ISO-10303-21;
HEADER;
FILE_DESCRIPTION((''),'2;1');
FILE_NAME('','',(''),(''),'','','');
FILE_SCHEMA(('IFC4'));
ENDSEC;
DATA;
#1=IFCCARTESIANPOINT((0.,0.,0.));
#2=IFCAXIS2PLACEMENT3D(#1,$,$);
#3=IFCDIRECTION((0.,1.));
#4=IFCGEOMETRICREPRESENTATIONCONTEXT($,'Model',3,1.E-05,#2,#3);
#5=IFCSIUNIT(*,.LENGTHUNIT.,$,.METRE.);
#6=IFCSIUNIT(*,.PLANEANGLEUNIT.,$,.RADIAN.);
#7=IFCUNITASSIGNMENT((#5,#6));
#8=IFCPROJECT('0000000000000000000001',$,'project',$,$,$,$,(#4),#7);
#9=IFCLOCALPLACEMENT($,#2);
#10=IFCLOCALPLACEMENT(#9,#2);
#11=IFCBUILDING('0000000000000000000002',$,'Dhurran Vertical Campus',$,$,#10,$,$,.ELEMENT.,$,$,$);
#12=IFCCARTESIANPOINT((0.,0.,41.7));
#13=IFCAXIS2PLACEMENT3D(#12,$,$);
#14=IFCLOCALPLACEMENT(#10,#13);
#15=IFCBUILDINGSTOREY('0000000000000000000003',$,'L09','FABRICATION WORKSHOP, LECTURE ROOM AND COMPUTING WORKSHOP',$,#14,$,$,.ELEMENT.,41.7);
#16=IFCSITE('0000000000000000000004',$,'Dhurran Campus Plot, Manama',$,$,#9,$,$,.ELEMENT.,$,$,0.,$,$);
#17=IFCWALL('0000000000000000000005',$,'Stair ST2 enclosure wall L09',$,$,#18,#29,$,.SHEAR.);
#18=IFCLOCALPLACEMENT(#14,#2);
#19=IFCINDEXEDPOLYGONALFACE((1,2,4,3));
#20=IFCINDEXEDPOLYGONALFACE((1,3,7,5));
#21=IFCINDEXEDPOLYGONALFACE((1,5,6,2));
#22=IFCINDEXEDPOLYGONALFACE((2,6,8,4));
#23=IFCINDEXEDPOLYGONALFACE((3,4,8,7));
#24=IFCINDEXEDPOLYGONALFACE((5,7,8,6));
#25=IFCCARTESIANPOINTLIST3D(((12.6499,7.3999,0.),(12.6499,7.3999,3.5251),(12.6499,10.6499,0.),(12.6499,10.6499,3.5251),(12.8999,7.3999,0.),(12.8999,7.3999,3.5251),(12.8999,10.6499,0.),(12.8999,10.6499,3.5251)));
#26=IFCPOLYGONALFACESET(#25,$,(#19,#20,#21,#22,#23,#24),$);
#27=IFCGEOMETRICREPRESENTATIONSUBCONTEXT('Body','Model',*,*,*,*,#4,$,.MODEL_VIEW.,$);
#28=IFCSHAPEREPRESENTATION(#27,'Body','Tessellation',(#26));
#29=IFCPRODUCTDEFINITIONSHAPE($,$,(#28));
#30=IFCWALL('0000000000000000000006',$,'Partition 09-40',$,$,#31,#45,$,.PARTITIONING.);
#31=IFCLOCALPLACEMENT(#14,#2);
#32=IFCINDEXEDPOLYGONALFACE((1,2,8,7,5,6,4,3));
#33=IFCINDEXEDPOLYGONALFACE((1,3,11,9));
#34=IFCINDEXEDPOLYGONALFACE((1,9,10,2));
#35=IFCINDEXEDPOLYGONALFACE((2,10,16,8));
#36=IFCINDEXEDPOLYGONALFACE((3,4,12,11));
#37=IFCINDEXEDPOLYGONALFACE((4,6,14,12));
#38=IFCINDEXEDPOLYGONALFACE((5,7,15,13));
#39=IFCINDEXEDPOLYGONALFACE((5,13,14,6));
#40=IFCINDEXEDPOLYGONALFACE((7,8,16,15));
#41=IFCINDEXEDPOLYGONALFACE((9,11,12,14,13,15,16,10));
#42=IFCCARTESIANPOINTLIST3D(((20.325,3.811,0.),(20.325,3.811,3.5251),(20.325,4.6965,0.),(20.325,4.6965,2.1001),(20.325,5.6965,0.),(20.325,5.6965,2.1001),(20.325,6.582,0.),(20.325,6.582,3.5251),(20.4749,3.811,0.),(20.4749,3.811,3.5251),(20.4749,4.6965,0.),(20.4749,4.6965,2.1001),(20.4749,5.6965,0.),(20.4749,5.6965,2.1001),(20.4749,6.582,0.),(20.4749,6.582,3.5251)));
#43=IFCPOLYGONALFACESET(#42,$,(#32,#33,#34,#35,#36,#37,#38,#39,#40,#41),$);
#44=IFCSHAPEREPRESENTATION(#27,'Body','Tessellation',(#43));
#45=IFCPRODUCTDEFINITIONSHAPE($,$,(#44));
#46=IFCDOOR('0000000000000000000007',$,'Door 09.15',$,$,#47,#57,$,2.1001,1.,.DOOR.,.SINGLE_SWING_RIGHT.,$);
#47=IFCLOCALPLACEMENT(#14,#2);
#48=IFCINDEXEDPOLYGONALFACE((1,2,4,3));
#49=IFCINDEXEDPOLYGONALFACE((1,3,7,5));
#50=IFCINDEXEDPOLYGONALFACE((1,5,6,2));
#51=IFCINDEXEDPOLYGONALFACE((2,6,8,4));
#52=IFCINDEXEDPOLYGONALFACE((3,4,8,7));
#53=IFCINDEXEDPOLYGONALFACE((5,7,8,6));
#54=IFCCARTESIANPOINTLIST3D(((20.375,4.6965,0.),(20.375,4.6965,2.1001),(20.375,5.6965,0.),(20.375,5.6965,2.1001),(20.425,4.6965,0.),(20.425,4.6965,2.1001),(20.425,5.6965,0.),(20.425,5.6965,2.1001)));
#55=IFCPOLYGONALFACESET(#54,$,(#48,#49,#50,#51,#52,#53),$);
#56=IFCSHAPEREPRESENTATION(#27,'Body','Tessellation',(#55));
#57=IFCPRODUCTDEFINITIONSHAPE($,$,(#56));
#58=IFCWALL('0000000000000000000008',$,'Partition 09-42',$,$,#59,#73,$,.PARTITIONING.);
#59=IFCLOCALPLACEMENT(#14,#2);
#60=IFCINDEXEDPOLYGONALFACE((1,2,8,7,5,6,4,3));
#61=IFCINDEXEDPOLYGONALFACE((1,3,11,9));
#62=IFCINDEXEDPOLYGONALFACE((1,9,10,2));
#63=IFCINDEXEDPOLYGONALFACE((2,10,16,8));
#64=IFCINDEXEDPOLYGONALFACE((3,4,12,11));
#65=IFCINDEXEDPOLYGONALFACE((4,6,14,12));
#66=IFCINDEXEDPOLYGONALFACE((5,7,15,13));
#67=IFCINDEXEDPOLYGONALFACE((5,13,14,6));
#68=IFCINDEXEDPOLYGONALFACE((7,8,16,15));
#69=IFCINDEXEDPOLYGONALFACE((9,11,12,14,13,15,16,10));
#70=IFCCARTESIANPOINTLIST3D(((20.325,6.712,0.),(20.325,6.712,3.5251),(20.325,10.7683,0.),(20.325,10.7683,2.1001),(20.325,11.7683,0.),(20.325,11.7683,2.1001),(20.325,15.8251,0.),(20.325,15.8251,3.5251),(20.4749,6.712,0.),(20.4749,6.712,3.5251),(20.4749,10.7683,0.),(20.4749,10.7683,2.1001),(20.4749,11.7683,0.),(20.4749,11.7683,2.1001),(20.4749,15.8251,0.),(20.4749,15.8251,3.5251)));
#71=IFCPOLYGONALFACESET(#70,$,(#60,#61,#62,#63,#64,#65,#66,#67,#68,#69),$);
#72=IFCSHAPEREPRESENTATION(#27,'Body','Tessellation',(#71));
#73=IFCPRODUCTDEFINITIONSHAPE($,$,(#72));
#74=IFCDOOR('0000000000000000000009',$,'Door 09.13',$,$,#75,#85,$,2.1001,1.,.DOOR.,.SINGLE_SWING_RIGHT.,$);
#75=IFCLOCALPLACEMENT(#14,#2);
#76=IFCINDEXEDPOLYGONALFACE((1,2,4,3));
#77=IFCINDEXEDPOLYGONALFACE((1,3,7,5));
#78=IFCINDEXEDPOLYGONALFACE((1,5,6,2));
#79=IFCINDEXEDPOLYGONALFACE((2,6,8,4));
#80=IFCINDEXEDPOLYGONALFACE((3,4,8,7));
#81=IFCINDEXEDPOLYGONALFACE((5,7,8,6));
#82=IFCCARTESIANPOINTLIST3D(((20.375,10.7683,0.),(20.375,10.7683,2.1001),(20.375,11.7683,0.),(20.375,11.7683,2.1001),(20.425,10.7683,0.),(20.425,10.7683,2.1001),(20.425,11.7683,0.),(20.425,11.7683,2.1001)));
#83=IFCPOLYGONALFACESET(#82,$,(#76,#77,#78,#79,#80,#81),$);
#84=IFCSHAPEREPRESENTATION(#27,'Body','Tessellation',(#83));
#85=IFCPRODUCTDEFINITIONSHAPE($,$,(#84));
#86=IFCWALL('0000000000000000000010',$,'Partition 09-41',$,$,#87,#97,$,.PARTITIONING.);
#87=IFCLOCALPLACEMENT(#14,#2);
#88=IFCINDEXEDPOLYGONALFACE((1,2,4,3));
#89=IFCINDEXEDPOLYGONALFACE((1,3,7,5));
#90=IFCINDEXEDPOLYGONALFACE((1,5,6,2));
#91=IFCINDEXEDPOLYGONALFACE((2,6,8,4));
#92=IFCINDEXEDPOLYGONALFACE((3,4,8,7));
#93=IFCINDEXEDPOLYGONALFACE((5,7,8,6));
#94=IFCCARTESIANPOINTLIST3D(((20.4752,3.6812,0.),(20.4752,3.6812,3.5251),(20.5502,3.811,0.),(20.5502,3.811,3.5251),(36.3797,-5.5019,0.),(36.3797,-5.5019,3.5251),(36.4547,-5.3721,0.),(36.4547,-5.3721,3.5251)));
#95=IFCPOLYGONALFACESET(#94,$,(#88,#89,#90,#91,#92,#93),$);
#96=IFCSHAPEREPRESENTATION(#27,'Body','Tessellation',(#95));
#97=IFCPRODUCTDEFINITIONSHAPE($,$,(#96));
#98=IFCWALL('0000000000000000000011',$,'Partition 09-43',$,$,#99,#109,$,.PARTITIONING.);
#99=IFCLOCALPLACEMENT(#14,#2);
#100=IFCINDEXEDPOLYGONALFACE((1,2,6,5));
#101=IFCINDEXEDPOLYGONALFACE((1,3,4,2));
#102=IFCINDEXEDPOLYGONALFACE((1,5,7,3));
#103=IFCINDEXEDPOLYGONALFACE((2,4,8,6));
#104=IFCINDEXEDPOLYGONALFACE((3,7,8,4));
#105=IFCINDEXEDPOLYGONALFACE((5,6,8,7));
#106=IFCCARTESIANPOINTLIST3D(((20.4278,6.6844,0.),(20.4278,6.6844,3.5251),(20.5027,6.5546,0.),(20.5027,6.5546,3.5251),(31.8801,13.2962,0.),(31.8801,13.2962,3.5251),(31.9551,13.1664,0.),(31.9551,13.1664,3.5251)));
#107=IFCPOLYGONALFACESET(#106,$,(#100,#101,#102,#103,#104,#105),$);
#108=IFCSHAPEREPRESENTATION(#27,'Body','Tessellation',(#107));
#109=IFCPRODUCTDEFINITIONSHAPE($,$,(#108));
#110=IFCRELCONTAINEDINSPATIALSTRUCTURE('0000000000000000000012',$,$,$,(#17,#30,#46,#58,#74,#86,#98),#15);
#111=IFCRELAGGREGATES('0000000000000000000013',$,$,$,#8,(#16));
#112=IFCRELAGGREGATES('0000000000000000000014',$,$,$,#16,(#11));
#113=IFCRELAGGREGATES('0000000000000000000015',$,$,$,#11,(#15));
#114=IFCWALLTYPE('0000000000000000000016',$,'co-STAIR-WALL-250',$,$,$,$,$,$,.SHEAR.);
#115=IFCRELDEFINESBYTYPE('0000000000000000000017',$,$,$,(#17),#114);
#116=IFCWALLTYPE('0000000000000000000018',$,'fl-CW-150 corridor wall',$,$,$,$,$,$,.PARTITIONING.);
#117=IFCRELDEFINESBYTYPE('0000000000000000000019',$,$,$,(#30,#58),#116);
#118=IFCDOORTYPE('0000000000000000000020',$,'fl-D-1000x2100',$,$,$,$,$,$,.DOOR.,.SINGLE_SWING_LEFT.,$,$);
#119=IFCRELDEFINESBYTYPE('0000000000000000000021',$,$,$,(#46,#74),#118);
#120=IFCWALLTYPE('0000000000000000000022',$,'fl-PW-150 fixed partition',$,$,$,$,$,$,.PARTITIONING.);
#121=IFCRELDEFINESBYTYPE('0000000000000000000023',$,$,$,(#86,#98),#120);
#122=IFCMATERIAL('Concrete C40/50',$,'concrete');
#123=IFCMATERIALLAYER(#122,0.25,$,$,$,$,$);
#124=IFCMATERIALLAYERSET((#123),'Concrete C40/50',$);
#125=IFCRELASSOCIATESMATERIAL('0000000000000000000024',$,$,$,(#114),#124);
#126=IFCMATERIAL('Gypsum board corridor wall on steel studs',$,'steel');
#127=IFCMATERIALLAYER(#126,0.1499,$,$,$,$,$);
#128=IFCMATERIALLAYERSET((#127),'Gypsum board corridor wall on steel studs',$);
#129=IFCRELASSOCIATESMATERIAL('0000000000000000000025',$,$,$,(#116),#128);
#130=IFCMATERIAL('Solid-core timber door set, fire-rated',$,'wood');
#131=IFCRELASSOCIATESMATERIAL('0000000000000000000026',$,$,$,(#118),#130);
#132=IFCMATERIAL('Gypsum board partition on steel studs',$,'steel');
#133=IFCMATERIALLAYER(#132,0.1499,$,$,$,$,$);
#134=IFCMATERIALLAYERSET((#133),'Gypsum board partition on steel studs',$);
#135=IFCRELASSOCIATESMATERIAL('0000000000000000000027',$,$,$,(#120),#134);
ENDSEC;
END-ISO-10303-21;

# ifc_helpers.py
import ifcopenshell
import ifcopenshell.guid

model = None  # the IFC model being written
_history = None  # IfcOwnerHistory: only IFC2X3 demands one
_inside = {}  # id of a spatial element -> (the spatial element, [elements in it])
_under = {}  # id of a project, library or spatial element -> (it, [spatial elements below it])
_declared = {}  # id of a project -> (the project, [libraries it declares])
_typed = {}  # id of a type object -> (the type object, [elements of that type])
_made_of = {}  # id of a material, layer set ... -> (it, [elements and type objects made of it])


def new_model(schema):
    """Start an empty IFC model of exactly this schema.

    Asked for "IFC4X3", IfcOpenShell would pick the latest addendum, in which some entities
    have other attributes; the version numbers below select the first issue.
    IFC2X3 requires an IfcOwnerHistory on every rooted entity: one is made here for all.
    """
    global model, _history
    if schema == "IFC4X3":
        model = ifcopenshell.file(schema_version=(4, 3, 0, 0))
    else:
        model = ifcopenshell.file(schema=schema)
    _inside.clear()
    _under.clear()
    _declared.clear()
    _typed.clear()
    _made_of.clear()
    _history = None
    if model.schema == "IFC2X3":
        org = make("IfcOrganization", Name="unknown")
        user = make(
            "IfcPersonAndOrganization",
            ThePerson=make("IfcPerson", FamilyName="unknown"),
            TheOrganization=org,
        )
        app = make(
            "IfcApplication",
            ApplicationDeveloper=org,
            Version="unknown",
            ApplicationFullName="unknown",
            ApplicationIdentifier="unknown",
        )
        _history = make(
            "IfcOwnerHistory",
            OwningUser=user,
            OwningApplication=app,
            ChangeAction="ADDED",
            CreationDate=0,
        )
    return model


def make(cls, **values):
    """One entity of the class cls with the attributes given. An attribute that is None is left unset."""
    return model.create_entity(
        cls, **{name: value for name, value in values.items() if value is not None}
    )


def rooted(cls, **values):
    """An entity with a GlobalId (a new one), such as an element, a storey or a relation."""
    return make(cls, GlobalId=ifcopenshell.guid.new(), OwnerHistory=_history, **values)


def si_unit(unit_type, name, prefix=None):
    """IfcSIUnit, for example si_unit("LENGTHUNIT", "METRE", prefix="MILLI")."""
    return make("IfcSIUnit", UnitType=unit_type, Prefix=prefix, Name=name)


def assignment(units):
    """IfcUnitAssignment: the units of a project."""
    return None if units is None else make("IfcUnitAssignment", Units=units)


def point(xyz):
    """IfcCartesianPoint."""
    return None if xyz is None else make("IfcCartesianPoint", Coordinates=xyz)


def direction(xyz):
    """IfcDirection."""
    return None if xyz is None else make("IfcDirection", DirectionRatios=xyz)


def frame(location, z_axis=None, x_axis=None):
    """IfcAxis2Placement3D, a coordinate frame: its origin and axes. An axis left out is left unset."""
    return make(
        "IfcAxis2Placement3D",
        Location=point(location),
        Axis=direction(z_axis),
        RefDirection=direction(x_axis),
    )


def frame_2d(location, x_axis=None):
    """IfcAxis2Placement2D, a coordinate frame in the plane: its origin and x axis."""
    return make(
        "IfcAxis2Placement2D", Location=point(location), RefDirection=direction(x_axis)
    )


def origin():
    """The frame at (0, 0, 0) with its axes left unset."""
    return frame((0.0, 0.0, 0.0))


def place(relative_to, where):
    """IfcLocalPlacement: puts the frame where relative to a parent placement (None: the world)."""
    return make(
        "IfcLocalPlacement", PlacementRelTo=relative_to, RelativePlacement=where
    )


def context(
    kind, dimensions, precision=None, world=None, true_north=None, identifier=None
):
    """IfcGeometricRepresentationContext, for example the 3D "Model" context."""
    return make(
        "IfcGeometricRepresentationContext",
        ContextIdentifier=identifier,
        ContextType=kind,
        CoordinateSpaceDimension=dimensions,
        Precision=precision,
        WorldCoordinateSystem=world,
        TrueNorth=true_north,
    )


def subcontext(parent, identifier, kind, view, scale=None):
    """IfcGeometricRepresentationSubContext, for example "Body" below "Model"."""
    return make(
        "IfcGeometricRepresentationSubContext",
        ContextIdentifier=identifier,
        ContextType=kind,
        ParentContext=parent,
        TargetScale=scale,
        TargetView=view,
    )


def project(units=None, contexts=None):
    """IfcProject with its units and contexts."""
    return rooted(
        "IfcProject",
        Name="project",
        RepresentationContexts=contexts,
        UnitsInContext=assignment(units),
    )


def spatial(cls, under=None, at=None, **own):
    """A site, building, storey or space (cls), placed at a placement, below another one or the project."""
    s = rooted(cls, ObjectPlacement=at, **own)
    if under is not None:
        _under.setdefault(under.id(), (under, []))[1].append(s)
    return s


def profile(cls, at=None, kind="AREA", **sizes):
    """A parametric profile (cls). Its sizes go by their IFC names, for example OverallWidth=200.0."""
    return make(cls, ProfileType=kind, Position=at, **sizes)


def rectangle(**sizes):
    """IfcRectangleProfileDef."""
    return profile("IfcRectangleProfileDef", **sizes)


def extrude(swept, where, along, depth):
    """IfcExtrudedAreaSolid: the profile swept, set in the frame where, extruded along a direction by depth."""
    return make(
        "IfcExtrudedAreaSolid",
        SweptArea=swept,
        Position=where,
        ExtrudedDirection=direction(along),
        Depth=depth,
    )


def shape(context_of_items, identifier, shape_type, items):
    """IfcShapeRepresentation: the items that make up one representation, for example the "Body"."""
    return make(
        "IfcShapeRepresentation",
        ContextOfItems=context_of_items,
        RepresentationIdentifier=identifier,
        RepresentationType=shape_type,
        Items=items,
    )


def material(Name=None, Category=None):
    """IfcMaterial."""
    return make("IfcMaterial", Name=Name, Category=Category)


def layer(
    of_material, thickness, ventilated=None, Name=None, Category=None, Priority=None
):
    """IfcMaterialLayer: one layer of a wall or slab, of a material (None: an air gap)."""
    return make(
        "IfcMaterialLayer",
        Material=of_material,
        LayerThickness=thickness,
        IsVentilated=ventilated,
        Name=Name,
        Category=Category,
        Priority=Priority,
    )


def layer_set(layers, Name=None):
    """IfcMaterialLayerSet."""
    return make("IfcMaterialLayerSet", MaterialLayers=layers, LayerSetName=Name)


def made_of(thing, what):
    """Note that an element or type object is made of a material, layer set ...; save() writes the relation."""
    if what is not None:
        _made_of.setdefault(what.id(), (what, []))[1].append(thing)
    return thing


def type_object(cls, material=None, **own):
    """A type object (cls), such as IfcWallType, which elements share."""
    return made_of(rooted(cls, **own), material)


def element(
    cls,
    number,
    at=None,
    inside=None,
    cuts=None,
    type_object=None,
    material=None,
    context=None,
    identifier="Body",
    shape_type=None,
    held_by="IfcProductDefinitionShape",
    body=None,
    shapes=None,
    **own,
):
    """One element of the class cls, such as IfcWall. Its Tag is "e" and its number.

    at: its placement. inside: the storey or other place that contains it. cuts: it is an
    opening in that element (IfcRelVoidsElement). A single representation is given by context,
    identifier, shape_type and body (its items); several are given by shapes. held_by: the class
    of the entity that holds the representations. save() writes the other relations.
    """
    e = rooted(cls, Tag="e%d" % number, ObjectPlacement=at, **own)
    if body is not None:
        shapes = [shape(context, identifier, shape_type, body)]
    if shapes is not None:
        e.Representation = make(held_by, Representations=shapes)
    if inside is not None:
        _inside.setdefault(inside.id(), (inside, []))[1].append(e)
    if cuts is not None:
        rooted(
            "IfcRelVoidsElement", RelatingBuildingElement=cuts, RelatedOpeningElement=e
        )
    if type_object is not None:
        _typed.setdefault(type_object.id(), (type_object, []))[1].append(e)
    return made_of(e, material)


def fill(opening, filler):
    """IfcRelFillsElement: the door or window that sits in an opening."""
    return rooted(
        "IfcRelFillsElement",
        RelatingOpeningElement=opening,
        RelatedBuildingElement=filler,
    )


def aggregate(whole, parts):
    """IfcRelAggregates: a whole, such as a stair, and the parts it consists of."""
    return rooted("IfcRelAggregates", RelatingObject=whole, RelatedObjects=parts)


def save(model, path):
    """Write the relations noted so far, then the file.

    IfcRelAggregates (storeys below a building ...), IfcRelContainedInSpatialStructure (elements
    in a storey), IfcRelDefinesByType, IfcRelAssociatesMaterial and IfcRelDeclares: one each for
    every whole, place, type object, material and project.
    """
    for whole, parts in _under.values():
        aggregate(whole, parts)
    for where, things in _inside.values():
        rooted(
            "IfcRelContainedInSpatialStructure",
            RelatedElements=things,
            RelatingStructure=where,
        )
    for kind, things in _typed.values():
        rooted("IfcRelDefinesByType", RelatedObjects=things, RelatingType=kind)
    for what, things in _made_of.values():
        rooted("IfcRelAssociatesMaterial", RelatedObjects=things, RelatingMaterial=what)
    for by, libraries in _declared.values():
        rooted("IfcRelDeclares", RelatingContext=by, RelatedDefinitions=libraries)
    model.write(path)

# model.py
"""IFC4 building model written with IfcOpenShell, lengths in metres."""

from ifc_helpers import new_model, si_unit, direction, frame, frame_2d, origin, place, context, subcontext, project, spatial, rectangle, extrude, material, layer, layer_set, type_object, element, fill, save


model = new_model("IFC4")

# Units and contexts
model_context = context("Model", 3, precision=1e-05, world=origin(), true_north=direction((0.0, 1.0)))
body_context = subcontext(model_context, "Body", "Model", "MODEL_VIEW")
ifc_project = project(units=[si_unit("LENGTHUNIT", "METRE"), si_unit("PLANEANGLEUNIT", "RADIAN")], contexts=[model_context])

# Site, building, storey
site_placement = place(None, origin())
site = spatial("IfcSite", under=ifc_project, at=site_placement, Name="Dhurran Campus Plot, Manama", CompositionType="ELEMENT", RefElevation=0.0)
building_placement = place(site_placement, origin())
building = spatial("IfcBuilding", under=site, at=building_placement, Name="Dhurran Vertical Campus", CompositionType="ELEMENT")
storey_placement = place(building_placement, frame((0.0, 0.0, 41.7)))
storey = spatial("IfcBuildingStorey", under=building, at=storey_placement, Name="L09", Description="FABRICATION WORKSHOP, LECTURE ROOM AND COMPUTING WORKSHOP", CompositionType="ELEMENT", Elevation=41.7)

# Wall
ifc_material_1 = material(Name="Concrete C40/50", Category="concrete")
ifc_layer_1 = layer(ifc_material_1, 0.25)
ifc_layer_set_1 = layer_set([ifc_layer_1], Name="Concrete C40/50")
wall_type_1 = type_object("IfcWallType", Name="co-STAIR-WALL-250", PredefinedType="SHEAR", material=ifc_layer_set_1)
wall_1_placement = place(storey_placement, frame((12.7749, 7.3999, 0.0), z_axis=(0.0, 0.0, 1.0), x_axis=(0.0, 1.0, 0.0)))
element("IfcWall", 1, at=wall_1_placement, inside=storey, type_object=wall_type_1, Name="Stair ST2 enclosure wall L09", PredefinedType="SHEAR", context=body_context, shape_type="SweptSolid", body=[
    extrude(rectangle(XDim=3.25, YDim=0.25, at=frame_2d((1.625, 0.0))), origin(), (0.0, 0.0, 1.0), 3.5251),
])

# Walls, openings, doors
ifc_material_2 = material(Name="Gypsum board corridor wall on steel studs", Category="steel")
ifc_layer_2 = layer(ifc_material_2, 0.1499)
ifc_layer_set_2 = layer_set([ifc_layer_2], Name="Gypsum board corridor wall on steel studs")
wall_type_2 = type_object("IfcWallType", Name="fl-CW-150 corridor wall", PredefinedType="PARTITIONING", material=ifc_layer_set_2)
wall_2_placement = place(storey_placement, frame((20.3999, 3.811, 0.0), z_axis=(0.0, 0.0, 1.0), x_axis=(0.0, 1.0, 0.0)))
wall_2 = element("IfcWall", 2, at=wall_2_placement, inside=storey, type_object=wall_type_2, Name="Partition 09-40", PredefinedType="PARTITIONING", context=body_context, shape_type="SweptSolid", body=[
    extrude(rectangle(XDim=2.771, YDim=0.1499, at=frame_2d((1.3855, 0.0))), origin(), (0.0, 0.0, 1.0), 3.5251),
])
opening_1_placement = place(wall_2_placement, frame((0.8855, 0.0, 0.0)))
opening_1 = element("IfcOpeningElement", 3, at=opening_1_placement, cuts=wall_2, PredefinedType="OPENING", context=body_context, shape_type="SweptSolid", body=[
    extrude(rectangle(XDim=1.0, YDim=2.1001, at=frame_2d((0.5, 1.05))), frame((0.0, 0.085, 0.0), z_axis=(0.0, -1.0, 0.0), x_axis=(1.0, 0.0, 0.0)), (0.0, 0.0, 1.0), 0.1699),
])
ifc_material_3 = material(Name="Solid-core timber door set, fire-rated", Category="wood")
door_type_1 = type_object("IfcDoorType", Name="fl-D-1000x2100", OperationType="SINGLE_SWING_LEFT", PredefinedType="DOOR", material=ifc_material_3)
door_1_placement = place(opening_1_placement, origin())
door_1 = element("IfcDoor", 4, at=door_1_placement, inside=storey, type_object=door_type_1, Name="Door 09.15", OperationType="SINGLE_SWING_RIGHT", OverallHeight=2.1001, OverallWidth=1.0, PredefinedType="DOOR", context=body_context, shape_type="SweptSolid", body=[
    extrude(rectangle(XDim=1.0, YDim=2.1001, at=frame_2d((0.5, 1.05))), frame((0.0, 0.0249, 0.0), z_axis=(0.0, -1.0, 0.0), x_axis=(1.0, 0.0, 0.0)), (0.0, 0.0, 1.0), 0.05),
])
fill(opening_1, door_1)
wall_3_placement = place(storey_placement, frame((20.3999, 6.7119, 0.0), z_axis=(0.0, 0.0, 1.0), x_axis=(0.0, 1.0, 0.0)))
wall_3 = element("IfcWall", 5, at=wall_3_placement, inside=storey, type_object=wall_type_2, Name="Partition 09-42", PredefinedType="PARTITIONING", context=body_context, shape_type="SweptSolid", body=[
    extrude(rectangle(XDim=9.113, YDim=0.1499, at=frame_2d((4.5566, 0.0))), origin(), (0.0, 0.0, 1.0), 3.5251),
])
opening_2_placement = place(wall_3_placement, frame((4.0564, 0.0, 0.0)))
opening_2 = element("IfcOpeningElement", 6, at=opening_2_placement, cuts=wall_3, PredefinedType="OPENING", context=body_context, shape_type="SweptSolid", body=[
    extrude(rectangle(XDim=1.0, YDim=2.1001, at=frame_2d((0.5, 1.05))), frame((0.0, 0.085, 0.0), z_axis=(0.0, -1.0, 0.0), x_axis=(1.0, 0.0, 0.0)), (0.0, 0.0, 1.0), 0.1699),
])
door_2_placement = place(opening_2_placement, origin())
door_2 = element("IfcDoor", 7, at=door_2_placement, inside=storey, type_object=door_type_1, Name="Door 09.13", OperationType="SINGLE_SWING_RIGHT", OverallHeight=2.1001, OverallWidth=1.0, PredefinedType="DOOR", context=body_context, shape_type="SweptSolid", body=[
    extrude(rectangle(XDim=1.0, YDim=2.1001, at=frame_2d((0.5, 1.05))), frame((0.0, 0.0249, 0.0), z_axis=(0.0, -1.0, 0.0), x_axis=(1.0, 0.0, 0.0)), (0.0, 0.0, 1.0), 0.05),
])
fill(opening_2, door_2)

# Walls
ifc_material_4 = material(Name="Gypsum board partition on steel studs", Category="steel")
ifc_layer_3 = layer(ifc_material_4, 0.1499)
ifc_layer_set_3 = layer_set([ifc_layer_3], Name="Gypsum board partition on steel studs")
wall_type_3 = type_object("IfcWallType", Name="fl-PW-150 fixed partition", PredefinedType="PARTITIONING", material=ifc_layer_set_3)
wall_4_placement = place(storey_placement, frame((20.5127, 3.7461, 0.0), z_axis=(0.0, 0.0, 1.0), x_axis=(0.866011, -0.500025, 0.0)))
element("IfcWall", 8, at=wall_4_placement, inside=storey, type_object=wall_type_3, Name="Partition 09-41", PredefinedType="PARTITIONING", context=body_context, shape_type="SweptSolid", body=[
    extrude(rectangle(XDim=18.3652, YDim=0.1499, at=frame_2d((9.1826, 0.0))), origin(), (0.0, 0.0, 1.0), 3.5251),
])
wall_5_placement = place(storey_placement, frame((31.9175, 13.2312, 0.0), z_axis=(0.0, 0.0, 1.0), x_axis=(-0.866033, -0.499987, 0.0)))
element("IfcWall", 9, at=wall_5_placement, inside=storey, type_object=wall_type_3, Name="Partition 09-43", PredefinedType="PARTITIONING", context=body_context, shape_type="SweptSolid", body=[
    extrude(rectangle(XDim=13.2239, YDim=0.1499, at=frame_2d((6.6118, 0.0))), origin(), (0.0, 0.0, 1.0), 3.5251),
])

save(model, "model.ifc")
